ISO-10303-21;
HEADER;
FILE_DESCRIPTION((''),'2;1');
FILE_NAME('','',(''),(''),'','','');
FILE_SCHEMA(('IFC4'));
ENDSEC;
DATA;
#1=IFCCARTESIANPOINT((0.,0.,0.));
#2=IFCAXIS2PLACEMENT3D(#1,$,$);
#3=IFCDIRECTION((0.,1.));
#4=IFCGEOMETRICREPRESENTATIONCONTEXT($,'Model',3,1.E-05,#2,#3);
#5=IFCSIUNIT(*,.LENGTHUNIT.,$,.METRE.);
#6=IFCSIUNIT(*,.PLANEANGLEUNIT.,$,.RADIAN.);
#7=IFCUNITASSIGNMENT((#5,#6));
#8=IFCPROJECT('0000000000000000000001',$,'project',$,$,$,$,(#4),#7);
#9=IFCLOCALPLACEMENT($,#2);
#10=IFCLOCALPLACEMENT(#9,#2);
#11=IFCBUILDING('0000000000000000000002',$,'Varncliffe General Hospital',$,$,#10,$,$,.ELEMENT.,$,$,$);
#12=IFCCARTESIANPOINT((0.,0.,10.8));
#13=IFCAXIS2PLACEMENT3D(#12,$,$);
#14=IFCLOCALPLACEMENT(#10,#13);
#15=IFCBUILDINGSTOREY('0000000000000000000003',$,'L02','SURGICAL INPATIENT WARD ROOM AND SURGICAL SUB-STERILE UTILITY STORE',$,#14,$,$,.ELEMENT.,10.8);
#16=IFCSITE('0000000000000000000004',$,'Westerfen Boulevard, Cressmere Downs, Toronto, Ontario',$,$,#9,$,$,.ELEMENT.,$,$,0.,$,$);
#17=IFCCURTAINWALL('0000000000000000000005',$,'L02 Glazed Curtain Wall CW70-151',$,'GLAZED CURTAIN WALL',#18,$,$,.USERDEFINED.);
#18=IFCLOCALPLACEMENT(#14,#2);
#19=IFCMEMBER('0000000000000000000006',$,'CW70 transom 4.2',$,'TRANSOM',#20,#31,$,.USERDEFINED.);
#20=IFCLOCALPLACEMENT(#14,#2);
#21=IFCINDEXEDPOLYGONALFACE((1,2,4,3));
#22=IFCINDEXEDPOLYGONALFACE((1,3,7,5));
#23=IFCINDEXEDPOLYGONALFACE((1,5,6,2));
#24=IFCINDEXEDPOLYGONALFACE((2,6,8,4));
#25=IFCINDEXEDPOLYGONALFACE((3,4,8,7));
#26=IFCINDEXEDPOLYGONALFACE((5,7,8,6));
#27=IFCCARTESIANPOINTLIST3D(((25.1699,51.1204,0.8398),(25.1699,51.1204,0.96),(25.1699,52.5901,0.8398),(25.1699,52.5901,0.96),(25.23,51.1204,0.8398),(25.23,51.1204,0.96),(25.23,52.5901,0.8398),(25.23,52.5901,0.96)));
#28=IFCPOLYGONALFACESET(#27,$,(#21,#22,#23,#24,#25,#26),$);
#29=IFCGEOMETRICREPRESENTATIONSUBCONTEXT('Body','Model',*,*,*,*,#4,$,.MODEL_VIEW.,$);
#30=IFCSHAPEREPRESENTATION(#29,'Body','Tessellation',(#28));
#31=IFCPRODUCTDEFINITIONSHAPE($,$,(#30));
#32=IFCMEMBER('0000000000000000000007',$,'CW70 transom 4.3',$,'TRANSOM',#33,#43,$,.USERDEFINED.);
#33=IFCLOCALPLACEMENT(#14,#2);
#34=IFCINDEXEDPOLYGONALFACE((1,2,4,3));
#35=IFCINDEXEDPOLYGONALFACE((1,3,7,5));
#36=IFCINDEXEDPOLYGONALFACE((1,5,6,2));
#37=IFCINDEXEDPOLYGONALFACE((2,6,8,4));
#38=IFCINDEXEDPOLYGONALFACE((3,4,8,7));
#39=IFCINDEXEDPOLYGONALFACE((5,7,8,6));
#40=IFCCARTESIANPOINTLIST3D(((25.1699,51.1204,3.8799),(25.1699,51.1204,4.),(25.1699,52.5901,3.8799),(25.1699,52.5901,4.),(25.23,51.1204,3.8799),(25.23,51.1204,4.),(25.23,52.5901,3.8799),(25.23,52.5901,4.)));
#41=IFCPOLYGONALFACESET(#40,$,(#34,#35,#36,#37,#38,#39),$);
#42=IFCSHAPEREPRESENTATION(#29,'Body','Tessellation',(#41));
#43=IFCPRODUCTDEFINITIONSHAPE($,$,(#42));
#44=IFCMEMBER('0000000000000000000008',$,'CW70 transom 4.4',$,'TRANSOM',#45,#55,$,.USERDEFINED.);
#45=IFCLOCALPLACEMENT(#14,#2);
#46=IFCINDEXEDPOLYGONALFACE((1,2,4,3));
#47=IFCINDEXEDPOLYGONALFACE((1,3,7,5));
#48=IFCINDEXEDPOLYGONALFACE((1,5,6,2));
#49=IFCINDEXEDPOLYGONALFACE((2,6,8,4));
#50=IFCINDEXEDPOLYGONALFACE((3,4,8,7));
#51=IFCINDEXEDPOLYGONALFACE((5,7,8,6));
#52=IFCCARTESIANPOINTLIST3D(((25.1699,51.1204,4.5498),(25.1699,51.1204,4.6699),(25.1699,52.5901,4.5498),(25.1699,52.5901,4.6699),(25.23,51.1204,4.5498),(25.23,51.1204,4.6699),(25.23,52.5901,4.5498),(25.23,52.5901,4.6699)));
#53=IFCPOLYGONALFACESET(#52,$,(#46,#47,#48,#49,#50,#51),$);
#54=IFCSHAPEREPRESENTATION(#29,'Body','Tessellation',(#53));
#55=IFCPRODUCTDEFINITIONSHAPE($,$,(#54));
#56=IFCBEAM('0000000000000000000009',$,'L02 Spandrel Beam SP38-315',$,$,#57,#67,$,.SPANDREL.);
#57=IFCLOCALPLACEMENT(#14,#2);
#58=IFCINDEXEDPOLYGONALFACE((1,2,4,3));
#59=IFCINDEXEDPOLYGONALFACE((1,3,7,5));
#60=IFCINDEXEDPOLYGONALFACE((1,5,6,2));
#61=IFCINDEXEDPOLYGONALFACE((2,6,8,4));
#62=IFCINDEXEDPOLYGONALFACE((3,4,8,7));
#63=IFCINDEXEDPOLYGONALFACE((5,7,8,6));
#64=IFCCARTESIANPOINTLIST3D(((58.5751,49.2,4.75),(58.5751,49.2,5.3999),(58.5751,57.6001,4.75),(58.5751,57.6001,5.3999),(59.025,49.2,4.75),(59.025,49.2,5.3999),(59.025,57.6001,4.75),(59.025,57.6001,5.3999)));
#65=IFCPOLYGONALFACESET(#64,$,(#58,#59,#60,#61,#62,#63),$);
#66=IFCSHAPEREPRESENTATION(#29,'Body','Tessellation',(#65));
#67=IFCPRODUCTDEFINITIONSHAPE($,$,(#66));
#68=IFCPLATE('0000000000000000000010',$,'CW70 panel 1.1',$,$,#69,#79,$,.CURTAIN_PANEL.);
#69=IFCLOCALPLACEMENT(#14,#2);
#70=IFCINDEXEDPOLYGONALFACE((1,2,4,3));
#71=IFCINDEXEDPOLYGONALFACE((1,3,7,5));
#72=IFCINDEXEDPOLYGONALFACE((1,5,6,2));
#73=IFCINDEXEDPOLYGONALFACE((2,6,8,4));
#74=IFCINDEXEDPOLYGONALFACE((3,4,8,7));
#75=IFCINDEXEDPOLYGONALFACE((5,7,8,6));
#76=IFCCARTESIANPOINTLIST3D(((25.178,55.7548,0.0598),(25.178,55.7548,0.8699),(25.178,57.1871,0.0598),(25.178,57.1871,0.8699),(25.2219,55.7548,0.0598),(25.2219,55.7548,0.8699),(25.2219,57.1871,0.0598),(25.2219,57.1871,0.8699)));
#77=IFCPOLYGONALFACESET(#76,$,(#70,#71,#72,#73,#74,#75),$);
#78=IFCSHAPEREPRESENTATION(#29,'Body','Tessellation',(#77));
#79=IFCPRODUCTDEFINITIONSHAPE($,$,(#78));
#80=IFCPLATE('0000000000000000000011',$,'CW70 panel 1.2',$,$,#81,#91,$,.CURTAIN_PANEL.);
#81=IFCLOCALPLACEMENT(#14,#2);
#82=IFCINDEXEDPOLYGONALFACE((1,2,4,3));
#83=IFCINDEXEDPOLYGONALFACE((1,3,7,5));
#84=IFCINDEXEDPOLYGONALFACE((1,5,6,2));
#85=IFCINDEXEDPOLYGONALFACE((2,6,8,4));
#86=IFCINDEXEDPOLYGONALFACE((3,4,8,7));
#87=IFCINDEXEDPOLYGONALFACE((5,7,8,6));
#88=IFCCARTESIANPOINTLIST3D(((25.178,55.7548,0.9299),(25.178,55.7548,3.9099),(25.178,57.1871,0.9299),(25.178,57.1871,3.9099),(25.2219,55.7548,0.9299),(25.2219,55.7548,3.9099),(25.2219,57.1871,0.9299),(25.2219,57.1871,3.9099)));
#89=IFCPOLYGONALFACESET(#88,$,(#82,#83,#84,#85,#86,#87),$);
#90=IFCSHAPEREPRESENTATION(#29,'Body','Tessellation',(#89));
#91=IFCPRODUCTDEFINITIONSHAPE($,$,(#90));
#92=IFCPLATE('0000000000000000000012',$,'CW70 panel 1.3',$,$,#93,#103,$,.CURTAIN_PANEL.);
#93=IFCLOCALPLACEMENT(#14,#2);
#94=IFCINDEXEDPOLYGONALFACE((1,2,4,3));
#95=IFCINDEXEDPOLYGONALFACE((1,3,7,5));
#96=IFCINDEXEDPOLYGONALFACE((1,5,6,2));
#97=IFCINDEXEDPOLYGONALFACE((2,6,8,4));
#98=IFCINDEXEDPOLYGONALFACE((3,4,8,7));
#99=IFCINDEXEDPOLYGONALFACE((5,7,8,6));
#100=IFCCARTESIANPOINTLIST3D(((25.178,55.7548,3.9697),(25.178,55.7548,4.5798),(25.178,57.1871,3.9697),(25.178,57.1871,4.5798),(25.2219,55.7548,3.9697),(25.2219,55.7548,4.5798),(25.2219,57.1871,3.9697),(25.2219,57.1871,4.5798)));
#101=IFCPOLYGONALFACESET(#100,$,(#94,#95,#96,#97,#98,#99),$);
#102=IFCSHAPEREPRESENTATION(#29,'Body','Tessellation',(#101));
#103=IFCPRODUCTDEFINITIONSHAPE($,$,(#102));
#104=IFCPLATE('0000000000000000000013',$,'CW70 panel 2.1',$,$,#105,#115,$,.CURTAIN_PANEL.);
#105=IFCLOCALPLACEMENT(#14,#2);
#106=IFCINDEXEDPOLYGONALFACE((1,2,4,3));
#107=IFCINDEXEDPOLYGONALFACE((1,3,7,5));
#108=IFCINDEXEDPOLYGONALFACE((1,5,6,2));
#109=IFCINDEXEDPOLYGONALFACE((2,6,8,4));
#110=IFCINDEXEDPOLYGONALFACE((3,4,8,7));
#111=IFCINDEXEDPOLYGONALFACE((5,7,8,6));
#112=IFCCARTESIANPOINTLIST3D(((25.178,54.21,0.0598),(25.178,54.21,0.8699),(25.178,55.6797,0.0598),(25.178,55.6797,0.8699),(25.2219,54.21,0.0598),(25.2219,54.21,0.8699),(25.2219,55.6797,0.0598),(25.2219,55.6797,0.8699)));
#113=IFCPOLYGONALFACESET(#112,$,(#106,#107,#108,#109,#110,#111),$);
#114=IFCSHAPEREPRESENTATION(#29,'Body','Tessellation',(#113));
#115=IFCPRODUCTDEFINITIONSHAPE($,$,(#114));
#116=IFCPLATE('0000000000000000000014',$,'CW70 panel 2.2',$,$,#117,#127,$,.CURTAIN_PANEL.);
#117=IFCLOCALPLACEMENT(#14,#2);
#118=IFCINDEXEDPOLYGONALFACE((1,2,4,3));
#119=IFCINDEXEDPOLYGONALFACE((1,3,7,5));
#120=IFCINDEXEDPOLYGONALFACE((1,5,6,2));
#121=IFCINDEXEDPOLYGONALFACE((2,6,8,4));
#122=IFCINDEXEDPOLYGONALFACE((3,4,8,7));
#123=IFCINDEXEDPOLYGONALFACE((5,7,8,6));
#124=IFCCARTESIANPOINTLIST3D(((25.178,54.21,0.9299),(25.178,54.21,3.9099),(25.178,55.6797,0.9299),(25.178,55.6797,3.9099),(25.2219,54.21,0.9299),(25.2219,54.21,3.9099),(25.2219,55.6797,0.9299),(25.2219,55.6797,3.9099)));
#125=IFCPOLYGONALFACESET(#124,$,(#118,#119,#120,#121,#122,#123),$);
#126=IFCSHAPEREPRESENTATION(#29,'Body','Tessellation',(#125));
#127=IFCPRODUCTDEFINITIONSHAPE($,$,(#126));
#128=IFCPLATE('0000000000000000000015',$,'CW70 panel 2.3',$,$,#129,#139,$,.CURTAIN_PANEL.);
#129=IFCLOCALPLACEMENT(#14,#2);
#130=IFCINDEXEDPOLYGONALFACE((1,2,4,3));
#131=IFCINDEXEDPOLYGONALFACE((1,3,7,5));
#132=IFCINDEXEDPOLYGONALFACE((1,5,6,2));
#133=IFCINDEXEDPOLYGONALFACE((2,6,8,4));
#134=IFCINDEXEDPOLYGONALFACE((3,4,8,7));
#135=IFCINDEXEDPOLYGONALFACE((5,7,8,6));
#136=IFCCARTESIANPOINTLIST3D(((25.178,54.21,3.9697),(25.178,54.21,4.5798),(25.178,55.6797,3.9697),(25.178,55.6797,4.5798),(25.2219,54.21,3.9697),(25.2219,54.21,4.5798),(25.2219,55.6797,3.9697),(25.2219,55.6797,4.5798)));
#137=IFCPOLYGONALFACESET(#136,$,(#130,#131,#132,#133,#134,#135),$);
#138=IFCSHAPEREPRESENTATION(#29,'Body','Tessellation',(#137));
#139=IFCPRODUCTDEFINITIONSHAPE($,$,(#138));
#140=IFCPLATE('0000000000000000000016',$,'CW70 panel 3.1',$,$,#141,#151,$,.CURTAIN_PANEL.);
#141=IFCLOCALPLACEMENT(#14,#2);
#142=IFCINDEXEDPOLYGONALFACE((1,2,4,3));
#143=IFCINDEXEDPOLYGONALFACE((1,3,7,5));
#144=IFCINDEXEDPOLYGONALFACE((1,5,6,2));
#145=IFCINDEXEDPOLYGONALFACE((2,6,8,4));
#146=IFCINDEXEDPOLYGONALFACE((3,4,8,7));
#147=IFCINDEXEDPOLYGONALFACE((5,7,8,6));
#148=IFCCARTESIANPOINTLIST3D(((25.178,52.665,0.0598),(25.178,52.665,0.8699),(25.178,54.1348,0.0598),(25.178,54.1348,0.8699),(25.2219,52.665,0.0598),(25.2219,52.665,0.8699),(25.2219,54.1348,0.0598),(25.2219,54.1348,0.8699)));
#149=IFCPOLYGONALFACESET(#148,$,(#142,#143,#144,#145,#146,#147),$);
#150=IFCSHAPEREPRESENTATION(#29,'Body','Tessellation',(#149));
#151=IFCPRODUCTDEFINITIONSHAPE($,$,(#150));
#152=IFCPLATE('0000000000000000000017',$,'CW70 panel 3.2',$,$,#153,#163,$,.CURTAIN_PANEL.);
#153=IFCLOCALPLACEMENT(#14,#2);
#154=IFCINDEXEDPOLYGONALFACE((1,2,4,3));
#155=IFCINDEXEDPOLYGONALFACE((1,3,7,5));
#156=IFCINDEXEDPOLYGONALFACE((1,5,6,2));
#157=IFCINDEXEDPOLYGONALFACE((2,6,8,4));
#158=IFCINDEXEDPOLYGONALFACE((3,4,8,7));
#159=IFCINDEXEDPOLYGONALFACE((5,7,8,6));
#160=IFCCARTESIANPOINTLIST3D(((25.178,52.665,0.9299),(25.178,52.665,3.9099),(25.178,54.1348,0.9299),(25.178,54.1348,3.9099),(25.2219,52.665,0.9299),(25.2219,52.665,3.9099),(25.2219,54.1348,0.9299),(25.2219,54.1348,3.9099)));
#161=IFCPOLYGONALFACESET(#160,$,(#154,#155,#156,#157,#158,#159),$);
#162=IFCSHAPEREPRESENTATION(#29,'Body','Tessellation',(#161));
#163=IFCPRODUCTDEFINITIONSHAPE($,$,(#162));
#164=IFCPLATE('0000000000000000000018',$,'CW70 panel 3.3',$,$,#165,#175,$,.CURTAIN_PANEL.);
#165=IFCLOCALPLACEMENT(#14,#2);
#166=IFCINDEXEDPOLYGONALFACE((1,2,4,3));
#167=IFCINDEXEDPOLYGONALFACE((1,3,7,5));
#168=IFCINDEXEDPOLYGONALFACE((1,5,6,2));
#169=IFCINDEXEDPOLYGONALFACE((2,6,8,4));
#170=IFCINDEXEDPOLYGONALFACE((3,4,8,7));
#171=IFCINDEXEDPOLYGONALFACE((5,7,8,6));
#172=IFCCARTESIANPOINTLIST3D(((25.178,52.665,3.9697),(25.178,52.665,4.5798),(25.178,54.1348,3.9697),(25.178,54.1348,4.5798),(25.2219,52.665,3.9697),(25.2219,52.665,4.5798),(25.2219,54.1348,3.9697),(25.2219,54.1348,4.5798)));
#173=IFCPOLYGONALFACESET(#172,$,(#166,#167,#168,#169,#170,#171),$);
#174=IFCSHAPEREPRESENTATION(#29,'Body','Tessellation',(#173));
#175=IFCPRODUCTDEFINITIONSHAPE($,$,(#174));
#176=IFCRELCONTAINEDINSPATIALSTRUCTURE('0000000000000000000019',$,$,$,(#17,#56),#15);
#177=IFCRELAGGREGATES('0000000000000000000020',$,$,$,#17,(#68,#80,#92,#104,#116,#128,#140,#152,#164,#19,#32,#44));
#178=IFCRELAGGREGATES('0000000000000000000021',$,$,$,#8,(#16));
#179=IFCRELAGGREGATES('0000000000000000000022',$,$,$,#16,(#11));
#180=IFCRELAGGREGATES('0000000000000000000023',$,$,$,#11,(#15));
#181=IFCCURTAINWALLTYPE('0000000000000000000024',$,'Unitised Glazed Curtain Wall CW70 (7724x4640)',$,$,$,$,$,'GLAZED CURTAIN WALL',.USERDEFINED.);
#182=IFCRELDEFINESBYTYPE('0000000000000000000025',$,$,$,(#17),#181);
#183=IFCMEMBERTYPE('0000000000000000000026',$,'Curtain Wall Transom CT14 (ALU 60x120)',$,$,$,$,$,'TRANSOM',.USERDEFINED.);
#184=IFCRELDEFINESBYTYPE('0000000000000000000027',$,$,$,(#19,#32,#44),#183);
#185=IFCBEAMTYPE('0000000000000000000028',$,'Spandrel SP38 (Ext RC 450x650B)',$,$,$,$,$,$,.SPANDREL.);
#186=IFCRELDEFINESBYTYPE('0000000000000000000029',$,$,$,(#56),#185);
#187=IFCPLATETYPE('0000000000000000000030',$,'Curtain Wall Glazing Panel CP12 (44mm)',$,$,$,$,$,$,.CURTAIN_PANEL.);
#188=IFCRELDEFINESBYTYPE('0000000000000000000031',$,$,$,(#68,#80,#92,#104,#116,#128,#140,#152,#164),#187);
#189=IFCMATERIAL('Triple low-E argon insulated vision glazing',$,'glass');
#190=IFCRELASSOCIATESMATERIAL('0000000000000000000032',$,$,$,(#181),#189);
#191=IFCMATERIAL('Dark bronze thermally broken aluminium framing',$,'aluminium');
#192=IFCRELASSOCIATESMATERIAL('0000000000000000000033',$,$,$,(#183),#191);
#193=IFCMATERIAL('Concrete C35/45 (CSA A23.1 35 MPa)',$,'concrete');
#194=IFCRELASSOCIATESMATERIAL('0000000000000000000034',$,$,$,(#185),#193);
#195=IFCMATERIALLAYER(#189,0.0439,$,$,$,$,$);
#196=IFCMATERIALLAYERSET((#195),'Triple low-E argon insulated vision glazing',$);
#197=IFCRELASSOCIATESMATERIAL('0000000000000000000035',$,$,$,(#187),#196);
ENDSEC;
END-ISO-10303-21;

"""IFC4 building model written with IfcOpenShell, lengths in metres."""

from ifc_helpers import new_model, si_unit, direction, frame, origin, origin_2d, place, context, subcontext, project, spatial, rectangle, extrude, material, layer, layer_set, material_profile, profile_set, type_object, element, aggregate, save


model = new_model("IFC4")

# Units and contexts
model_context = context("Model", 3, precision=1e-05, world=origin(), true_north=direction((0.0, 1.0)))
body_context = subcontext(model_context, "Body", "Model", "MODEL_VIEW")
ifc_project = project(units=[si_unit("LENGTHUNIT", "METRE"), si_unit("PLANEANGLEUNIT", "RADIAN")], contexts=[model_context])

# Site, building, storey
site_placement = place(None, origin())
site = spatial("IfcSite", under=ifc_project, at=site_placement, Name="Westerfen Boulevard, Cressmere Downs, Toronto, Ontario", CompositionType="ELEMENT", RefElevation=0.0)
building_placement = place(site_placement, origin())
building = spatial("IfcBuilding", under=site, at=building_placement, Name="Varncliffe General Hospital", CompositionType="ELEMENT")
storey_placement = place(building_placement, frame((0.0, 0.0, 10.8)))
storey = spatial("IfcBuildingStorey", under=building, at=storey_placement, Name="L02", Description="SURGICAL INPATIENT WARD ROOM AND SURGICAL SUB-STERILE UTILITY STORE", CompositionType="ELEMENT", Elevation=10.8)

# Curtain wall, members
ifc_material_1 = material(Name="Triple low-E argon insulated vision glazing", Category="glass")
curtain_wall_type = type_object("IfcCurtainWallType", Name="Unitised Glazed Curtain Wall CW70 (7724x4640)", ElementType="GLAZED CURTAIN WALL", PredefinedType="USERDEFINED", material=ifc_material_1)
curtain_wall_placement = place(storey_placement, origin())
curtain_wall = element("IfcCurtainWall", 1, at=curtain_wall_placement, inside=storey, type_object=curtain_wall_type, Name="L02 Glazed Curtain Wall CW70-151", ObjectType="GLAZED CURTAIN WALL", PredefinedType="USERDEFINED")
ifc_material_2 = material(Name="Dark bronze thermally broken aluminium framing", Category="aluminium")
ifc_material_profile_1 = material_profile(ifc_material_2, rectangle(XDim=0.0601, YDim=0.1201, at=origin_2d()), Name="ALU 60x120")
ifc_profile_set_1 = profile_set([ifc_material_profile_1], Name="Dark bronze thermally broken aluminium framing")
member_type_1 = type_object("IfcMemberType", Name="Curtain Wall Transom CT14 (ALU 60x120)", ElementType="TRANSOM", PredefinedType="USERDEFINED", material=ifc_profile_set_1)
member_1_placement = place(storey_placement, frame((25.2, 52.5901, 0.8999), z_axis=(0.0, -1.0, 0.0), x_axis=(1.0, 0.0, 0.0)))
member_1 = element("IfcMember", 2, at=member_1_placement, type_object=member_type_1, Name="CW70 transom 4.2", ObjectType="TRANSOM", PredefinedType="USERDEFINED", context=body_context, shape_type="SweptSolid", body=[
    extrude(rectangle(XDim=0.0601, YDim=0.1201, at=origin_2d()), origin(), (0.0, 0.0, 1.0), 1.4697),
])
member_2_placement = place(storey_placement, frame((25.2, 52.5901, 3.9399), z_axis=(0.0, -1.0, 0.0), x_axis=(1.0, 0.0, 0.0)))
member_2 = element("IfcMember", 3, at=member_2_placement, type_object=member_type_1, Name="CW70 transom 4.3", ObjectType="TRANSOM", PredefinedType="USERDEFINED", context=body_context, shape_type="SweptSolid", body=[
    extrude(rectangle(XDim=0.0601, YDim=0.1201, at=origin_2d()), origin(), (0.0, 0.0, 1.0), 1.4697),
])
member_3_placement = place(storey_placement, frame((25.2, 52.5901, 4.6099), z_axis=(0.0, -1.0, 0.0), x_axis=(1.0, 0.0, 0.0)))
member_3 = element("IfcMember", 4, at=member_3_placement, type_object=member_type_1, Name="CW70 transom 4.4", ObjectType="TRANSOM", PredefinedType="USERDEFINED", context=body_context, shape_type="SweptSolid", body=[
    extrude(rectangle(XDim=0.0601, YDim=0.1201, at=origin_2d()), origin(), (0.0, 0.0, 1.0), 1.4697),
])

# Beam
ifc_material_3 = material(Name="Concrete C35/45 (CSA A23.1 35 MPa)", Category="concrete")
ifc_material_profile_2 = material_profile(ifc_material_3, rectangle(XDim=0.45, YDim=0.6499, at=origin_2d()), Name="RC 450x650")
ifc_profile_set_2 = profile_set([ifc_material_profile_2], Name="Concrete C35/45 (CSA A23.1 35 MPa)")
beam_type = type_object("IfcBeamType", Name="Spandrel SP38 (Ext RC 450x650B)", PredefinedType="SPANDREL", material=ifc_profile_set_2)
beam_placement = place(storey_placement, frame((58.8, 49.2, 5.075), z_axis=(0.0, 1.0, 0.0), x_axis=(-1.0, 0.0, 0.0)))
element("IfcBeam", 5, at=beam_placement, inside=storey, type_object=beam_type, Name="L02 Spandrel Beam SP38-315", PredefinedType="SPANDREL", context=body_context, shape_type="SweptSolid", body=[
    extrude(rectangle(XDim=0.45, YDim=0.6499, at=origin_2d()), origin(), (0.0, 0.0, 1.0), 8.4001),
])

# Plates
ifc_layer = layer(ifc_material_1, 0.0439)
ifc_layer_set = layer_set([ifc_layer], Name="Triple low-E argon insulated vision glazing")
plate_type = type_object("IfcPlateType", Name="Curtain Wall Glazing Panel CP12 (44mm)", PredefinedType="CURTAIN_PANEL", material=ifc_layer_set)
plate_1_placement = place(storey_placement, frame((25.2, 56.4709, 0.0598), z_axis=(0.0, 0.0, 1.0), x_axis=(0.0, -1.0, 0.0)))
plate_1 = element("IfcPlate", 6, at=plate_1_placement, type_object=plate_type, Name="CW70 panel 1.1", PredefinedType="CURTAIN_PANEL", context=body_context, shape_type="SweptSolid", body=[
    extrude(rectangle(XDim=1.4324, YDim=0.0439, at=origin_2d()), origin(), (0.0, 0.0, 1.0), 0.8101),
])
plate_2_placement = place(storey_placement, frame((25.2, 56.4709, 0.9299), z_axis=(0.0, 0.0, 1.0), x_axis=(0.0, -1.0, 0.0)))
plate_2 = element("IfcPlate", 7, at=plate_2_placement, type_object=plate_type, Name="CW70 panel 1.2", PredefinedType="CURTAIN_PANEL", context=body_context, shape_type="SweptSolid", body=[
    extrude(rectangle(XDim=1.4324, YDim=0.0439, at=origin_2d()), origin(), (0.0, 0.0, 1.0), 2.98),
])
plate_3_placement = place(storey_placement, frame((25.2, 56.4709, 3.9697), z_axis=(0.0, 0.0, 1.0), x_axis=(0.0, -1.0, 0.0)))
plate_3 = element("IfcPlate", 8, at=plate_3_placement, type_object=plate_type, Name="CW70 panel 1.3", PredefinedType="CURTAIN_PANEL", context=body_context, shape_type="SweptSolid", body=[
    extrude(rectangle(XDim=1.4324, YDim=0.0439, at=origin_2d()), origin(), (0.0, 0.0, 1.0), 0.6101),
])
plate_4_placement = place(storey_placement, frame((25.2, 54.9448, 0.0598), z_axis=(0.0, 0.0, 1.0), x_axis=(0.0, -1.0, 0.0)))
plate_4 = element("IfcPlate", 9, at=plate_4_placement, type_object=plate_type, Name="CW70 panel 2.1", PredefinedType="CURTAIN_PANEL", context=body_context, shape_type="SweptSolid", body=[
    extrude(rectangle(XDim=1.4697, YDim=0.0439, at=origin_2d()), origin(), (0.0, 0.0, 1.0), 0.8101),
])
plate_5_placement = place(storey_placement, frame((25.2, 54.9448, 0.9299), z_axis=(0.0, 0.0, 1.0), x_axis=(0.0, -1.0, 0.0)))
plate_5 = element("IfcPlate", 10, at=plate_5_placement, type_object=plate_type, Name="CW70 panel 2.2", PredefinedType="CURTAIN_PANEL", context=body_context, shape_type="SweptSolid", body=[
    extrude(rectangle(XDim=1.4697, YDim=0.0439, at=origin_2d()), origin(), (0.0, 0.0, 1.0), 2.98),
])
plate_6_placement = place(storey_placement, frame((25.2, 54.9448, 3.9697), z_axis=(0.0, 0.0, 1.0), x_axis=(0.0, -1.0, 0.0)))
plate_6 = element("IfcPlate", 11, at=plate_6_placement, type_object=plate_type, Name="CW70 panel 2.3", PredefinedType="CURTAIN_PANEL", context=body_context, shape_type="SweptSolid", body=[
    extrude(rectangle(XDim=1.4697, YDim=0.0439, at=origin_2d()), origin(), (0.0, 0.0, 1.0), 0.6101),
])
plate_7_placement = place(storey_placement, frame((25.2, 53.3999, 0.0598), z_axis=(0.0, 0.0, 1.0), x_axis=(0.0, -1.0, 0.0)))
plate_7 = element("IfcPlate", 12, at=plate_7_placement, type_object=plate_type, Name="CW70 panel 3.1", PredefinedType="CURTAIN_PANEL", context=body_context, shape_type="SweptSolid", body=[
    extrude(rectangle(XDim=1.4697, YDim=0.0439, at=origin_2d()), origin(), (0.0, 0.0, 1.0), 0.8101),
])
plate_8_placement = place(storey_placement, frame((25.2, 53.3999, 0.9299), z_axis=(0.0, 0.0, 1.0), x_axis=(0.0, -1.0, 0.0)))
plate_8 = element("IfcPlate", 13, at=plate_8_placement, type_object=plate_type, Name="CW70 panel 3.2", PredefinedType="CURTAIN_PANEL", context=body_context, shape_type="SweptSolid", body=[
    extrude(rectangle(XDim=1.4697, YDim=0.0439, at=origin_2d()), origin(), (0.0, 0.0, 1.0), 2.98),
])
plate_9_placement = place(storey_placement, frame((25.2, 53.3999, 3.9697), z_axis=(0.0, 0.0, 1.0), x_axis=(0.0, -1.0, 0.0)))
plate_9 = element("IfcPlate", 14, at=plate_9_placement, type_object=plate_type, Name="CW70 panel 3.3", PredefinedType="CURTAIN_PANEL", context=body_context, shape_type="SweptSolid", body=[
    extrude(rectangle(XDim=1.4697, YDim=0.0439, at=origin_2d()), origin(), (0.0, 0.0, 1.0), 0.6101),
])
aggregate(curtain_wall, [plate_1, plate_2, plate_3, plate_4, plate_5, plate_6, plate_7, plate_8, plate_9, member_1, member_2, member_3])

save(model, "model.ifc")
